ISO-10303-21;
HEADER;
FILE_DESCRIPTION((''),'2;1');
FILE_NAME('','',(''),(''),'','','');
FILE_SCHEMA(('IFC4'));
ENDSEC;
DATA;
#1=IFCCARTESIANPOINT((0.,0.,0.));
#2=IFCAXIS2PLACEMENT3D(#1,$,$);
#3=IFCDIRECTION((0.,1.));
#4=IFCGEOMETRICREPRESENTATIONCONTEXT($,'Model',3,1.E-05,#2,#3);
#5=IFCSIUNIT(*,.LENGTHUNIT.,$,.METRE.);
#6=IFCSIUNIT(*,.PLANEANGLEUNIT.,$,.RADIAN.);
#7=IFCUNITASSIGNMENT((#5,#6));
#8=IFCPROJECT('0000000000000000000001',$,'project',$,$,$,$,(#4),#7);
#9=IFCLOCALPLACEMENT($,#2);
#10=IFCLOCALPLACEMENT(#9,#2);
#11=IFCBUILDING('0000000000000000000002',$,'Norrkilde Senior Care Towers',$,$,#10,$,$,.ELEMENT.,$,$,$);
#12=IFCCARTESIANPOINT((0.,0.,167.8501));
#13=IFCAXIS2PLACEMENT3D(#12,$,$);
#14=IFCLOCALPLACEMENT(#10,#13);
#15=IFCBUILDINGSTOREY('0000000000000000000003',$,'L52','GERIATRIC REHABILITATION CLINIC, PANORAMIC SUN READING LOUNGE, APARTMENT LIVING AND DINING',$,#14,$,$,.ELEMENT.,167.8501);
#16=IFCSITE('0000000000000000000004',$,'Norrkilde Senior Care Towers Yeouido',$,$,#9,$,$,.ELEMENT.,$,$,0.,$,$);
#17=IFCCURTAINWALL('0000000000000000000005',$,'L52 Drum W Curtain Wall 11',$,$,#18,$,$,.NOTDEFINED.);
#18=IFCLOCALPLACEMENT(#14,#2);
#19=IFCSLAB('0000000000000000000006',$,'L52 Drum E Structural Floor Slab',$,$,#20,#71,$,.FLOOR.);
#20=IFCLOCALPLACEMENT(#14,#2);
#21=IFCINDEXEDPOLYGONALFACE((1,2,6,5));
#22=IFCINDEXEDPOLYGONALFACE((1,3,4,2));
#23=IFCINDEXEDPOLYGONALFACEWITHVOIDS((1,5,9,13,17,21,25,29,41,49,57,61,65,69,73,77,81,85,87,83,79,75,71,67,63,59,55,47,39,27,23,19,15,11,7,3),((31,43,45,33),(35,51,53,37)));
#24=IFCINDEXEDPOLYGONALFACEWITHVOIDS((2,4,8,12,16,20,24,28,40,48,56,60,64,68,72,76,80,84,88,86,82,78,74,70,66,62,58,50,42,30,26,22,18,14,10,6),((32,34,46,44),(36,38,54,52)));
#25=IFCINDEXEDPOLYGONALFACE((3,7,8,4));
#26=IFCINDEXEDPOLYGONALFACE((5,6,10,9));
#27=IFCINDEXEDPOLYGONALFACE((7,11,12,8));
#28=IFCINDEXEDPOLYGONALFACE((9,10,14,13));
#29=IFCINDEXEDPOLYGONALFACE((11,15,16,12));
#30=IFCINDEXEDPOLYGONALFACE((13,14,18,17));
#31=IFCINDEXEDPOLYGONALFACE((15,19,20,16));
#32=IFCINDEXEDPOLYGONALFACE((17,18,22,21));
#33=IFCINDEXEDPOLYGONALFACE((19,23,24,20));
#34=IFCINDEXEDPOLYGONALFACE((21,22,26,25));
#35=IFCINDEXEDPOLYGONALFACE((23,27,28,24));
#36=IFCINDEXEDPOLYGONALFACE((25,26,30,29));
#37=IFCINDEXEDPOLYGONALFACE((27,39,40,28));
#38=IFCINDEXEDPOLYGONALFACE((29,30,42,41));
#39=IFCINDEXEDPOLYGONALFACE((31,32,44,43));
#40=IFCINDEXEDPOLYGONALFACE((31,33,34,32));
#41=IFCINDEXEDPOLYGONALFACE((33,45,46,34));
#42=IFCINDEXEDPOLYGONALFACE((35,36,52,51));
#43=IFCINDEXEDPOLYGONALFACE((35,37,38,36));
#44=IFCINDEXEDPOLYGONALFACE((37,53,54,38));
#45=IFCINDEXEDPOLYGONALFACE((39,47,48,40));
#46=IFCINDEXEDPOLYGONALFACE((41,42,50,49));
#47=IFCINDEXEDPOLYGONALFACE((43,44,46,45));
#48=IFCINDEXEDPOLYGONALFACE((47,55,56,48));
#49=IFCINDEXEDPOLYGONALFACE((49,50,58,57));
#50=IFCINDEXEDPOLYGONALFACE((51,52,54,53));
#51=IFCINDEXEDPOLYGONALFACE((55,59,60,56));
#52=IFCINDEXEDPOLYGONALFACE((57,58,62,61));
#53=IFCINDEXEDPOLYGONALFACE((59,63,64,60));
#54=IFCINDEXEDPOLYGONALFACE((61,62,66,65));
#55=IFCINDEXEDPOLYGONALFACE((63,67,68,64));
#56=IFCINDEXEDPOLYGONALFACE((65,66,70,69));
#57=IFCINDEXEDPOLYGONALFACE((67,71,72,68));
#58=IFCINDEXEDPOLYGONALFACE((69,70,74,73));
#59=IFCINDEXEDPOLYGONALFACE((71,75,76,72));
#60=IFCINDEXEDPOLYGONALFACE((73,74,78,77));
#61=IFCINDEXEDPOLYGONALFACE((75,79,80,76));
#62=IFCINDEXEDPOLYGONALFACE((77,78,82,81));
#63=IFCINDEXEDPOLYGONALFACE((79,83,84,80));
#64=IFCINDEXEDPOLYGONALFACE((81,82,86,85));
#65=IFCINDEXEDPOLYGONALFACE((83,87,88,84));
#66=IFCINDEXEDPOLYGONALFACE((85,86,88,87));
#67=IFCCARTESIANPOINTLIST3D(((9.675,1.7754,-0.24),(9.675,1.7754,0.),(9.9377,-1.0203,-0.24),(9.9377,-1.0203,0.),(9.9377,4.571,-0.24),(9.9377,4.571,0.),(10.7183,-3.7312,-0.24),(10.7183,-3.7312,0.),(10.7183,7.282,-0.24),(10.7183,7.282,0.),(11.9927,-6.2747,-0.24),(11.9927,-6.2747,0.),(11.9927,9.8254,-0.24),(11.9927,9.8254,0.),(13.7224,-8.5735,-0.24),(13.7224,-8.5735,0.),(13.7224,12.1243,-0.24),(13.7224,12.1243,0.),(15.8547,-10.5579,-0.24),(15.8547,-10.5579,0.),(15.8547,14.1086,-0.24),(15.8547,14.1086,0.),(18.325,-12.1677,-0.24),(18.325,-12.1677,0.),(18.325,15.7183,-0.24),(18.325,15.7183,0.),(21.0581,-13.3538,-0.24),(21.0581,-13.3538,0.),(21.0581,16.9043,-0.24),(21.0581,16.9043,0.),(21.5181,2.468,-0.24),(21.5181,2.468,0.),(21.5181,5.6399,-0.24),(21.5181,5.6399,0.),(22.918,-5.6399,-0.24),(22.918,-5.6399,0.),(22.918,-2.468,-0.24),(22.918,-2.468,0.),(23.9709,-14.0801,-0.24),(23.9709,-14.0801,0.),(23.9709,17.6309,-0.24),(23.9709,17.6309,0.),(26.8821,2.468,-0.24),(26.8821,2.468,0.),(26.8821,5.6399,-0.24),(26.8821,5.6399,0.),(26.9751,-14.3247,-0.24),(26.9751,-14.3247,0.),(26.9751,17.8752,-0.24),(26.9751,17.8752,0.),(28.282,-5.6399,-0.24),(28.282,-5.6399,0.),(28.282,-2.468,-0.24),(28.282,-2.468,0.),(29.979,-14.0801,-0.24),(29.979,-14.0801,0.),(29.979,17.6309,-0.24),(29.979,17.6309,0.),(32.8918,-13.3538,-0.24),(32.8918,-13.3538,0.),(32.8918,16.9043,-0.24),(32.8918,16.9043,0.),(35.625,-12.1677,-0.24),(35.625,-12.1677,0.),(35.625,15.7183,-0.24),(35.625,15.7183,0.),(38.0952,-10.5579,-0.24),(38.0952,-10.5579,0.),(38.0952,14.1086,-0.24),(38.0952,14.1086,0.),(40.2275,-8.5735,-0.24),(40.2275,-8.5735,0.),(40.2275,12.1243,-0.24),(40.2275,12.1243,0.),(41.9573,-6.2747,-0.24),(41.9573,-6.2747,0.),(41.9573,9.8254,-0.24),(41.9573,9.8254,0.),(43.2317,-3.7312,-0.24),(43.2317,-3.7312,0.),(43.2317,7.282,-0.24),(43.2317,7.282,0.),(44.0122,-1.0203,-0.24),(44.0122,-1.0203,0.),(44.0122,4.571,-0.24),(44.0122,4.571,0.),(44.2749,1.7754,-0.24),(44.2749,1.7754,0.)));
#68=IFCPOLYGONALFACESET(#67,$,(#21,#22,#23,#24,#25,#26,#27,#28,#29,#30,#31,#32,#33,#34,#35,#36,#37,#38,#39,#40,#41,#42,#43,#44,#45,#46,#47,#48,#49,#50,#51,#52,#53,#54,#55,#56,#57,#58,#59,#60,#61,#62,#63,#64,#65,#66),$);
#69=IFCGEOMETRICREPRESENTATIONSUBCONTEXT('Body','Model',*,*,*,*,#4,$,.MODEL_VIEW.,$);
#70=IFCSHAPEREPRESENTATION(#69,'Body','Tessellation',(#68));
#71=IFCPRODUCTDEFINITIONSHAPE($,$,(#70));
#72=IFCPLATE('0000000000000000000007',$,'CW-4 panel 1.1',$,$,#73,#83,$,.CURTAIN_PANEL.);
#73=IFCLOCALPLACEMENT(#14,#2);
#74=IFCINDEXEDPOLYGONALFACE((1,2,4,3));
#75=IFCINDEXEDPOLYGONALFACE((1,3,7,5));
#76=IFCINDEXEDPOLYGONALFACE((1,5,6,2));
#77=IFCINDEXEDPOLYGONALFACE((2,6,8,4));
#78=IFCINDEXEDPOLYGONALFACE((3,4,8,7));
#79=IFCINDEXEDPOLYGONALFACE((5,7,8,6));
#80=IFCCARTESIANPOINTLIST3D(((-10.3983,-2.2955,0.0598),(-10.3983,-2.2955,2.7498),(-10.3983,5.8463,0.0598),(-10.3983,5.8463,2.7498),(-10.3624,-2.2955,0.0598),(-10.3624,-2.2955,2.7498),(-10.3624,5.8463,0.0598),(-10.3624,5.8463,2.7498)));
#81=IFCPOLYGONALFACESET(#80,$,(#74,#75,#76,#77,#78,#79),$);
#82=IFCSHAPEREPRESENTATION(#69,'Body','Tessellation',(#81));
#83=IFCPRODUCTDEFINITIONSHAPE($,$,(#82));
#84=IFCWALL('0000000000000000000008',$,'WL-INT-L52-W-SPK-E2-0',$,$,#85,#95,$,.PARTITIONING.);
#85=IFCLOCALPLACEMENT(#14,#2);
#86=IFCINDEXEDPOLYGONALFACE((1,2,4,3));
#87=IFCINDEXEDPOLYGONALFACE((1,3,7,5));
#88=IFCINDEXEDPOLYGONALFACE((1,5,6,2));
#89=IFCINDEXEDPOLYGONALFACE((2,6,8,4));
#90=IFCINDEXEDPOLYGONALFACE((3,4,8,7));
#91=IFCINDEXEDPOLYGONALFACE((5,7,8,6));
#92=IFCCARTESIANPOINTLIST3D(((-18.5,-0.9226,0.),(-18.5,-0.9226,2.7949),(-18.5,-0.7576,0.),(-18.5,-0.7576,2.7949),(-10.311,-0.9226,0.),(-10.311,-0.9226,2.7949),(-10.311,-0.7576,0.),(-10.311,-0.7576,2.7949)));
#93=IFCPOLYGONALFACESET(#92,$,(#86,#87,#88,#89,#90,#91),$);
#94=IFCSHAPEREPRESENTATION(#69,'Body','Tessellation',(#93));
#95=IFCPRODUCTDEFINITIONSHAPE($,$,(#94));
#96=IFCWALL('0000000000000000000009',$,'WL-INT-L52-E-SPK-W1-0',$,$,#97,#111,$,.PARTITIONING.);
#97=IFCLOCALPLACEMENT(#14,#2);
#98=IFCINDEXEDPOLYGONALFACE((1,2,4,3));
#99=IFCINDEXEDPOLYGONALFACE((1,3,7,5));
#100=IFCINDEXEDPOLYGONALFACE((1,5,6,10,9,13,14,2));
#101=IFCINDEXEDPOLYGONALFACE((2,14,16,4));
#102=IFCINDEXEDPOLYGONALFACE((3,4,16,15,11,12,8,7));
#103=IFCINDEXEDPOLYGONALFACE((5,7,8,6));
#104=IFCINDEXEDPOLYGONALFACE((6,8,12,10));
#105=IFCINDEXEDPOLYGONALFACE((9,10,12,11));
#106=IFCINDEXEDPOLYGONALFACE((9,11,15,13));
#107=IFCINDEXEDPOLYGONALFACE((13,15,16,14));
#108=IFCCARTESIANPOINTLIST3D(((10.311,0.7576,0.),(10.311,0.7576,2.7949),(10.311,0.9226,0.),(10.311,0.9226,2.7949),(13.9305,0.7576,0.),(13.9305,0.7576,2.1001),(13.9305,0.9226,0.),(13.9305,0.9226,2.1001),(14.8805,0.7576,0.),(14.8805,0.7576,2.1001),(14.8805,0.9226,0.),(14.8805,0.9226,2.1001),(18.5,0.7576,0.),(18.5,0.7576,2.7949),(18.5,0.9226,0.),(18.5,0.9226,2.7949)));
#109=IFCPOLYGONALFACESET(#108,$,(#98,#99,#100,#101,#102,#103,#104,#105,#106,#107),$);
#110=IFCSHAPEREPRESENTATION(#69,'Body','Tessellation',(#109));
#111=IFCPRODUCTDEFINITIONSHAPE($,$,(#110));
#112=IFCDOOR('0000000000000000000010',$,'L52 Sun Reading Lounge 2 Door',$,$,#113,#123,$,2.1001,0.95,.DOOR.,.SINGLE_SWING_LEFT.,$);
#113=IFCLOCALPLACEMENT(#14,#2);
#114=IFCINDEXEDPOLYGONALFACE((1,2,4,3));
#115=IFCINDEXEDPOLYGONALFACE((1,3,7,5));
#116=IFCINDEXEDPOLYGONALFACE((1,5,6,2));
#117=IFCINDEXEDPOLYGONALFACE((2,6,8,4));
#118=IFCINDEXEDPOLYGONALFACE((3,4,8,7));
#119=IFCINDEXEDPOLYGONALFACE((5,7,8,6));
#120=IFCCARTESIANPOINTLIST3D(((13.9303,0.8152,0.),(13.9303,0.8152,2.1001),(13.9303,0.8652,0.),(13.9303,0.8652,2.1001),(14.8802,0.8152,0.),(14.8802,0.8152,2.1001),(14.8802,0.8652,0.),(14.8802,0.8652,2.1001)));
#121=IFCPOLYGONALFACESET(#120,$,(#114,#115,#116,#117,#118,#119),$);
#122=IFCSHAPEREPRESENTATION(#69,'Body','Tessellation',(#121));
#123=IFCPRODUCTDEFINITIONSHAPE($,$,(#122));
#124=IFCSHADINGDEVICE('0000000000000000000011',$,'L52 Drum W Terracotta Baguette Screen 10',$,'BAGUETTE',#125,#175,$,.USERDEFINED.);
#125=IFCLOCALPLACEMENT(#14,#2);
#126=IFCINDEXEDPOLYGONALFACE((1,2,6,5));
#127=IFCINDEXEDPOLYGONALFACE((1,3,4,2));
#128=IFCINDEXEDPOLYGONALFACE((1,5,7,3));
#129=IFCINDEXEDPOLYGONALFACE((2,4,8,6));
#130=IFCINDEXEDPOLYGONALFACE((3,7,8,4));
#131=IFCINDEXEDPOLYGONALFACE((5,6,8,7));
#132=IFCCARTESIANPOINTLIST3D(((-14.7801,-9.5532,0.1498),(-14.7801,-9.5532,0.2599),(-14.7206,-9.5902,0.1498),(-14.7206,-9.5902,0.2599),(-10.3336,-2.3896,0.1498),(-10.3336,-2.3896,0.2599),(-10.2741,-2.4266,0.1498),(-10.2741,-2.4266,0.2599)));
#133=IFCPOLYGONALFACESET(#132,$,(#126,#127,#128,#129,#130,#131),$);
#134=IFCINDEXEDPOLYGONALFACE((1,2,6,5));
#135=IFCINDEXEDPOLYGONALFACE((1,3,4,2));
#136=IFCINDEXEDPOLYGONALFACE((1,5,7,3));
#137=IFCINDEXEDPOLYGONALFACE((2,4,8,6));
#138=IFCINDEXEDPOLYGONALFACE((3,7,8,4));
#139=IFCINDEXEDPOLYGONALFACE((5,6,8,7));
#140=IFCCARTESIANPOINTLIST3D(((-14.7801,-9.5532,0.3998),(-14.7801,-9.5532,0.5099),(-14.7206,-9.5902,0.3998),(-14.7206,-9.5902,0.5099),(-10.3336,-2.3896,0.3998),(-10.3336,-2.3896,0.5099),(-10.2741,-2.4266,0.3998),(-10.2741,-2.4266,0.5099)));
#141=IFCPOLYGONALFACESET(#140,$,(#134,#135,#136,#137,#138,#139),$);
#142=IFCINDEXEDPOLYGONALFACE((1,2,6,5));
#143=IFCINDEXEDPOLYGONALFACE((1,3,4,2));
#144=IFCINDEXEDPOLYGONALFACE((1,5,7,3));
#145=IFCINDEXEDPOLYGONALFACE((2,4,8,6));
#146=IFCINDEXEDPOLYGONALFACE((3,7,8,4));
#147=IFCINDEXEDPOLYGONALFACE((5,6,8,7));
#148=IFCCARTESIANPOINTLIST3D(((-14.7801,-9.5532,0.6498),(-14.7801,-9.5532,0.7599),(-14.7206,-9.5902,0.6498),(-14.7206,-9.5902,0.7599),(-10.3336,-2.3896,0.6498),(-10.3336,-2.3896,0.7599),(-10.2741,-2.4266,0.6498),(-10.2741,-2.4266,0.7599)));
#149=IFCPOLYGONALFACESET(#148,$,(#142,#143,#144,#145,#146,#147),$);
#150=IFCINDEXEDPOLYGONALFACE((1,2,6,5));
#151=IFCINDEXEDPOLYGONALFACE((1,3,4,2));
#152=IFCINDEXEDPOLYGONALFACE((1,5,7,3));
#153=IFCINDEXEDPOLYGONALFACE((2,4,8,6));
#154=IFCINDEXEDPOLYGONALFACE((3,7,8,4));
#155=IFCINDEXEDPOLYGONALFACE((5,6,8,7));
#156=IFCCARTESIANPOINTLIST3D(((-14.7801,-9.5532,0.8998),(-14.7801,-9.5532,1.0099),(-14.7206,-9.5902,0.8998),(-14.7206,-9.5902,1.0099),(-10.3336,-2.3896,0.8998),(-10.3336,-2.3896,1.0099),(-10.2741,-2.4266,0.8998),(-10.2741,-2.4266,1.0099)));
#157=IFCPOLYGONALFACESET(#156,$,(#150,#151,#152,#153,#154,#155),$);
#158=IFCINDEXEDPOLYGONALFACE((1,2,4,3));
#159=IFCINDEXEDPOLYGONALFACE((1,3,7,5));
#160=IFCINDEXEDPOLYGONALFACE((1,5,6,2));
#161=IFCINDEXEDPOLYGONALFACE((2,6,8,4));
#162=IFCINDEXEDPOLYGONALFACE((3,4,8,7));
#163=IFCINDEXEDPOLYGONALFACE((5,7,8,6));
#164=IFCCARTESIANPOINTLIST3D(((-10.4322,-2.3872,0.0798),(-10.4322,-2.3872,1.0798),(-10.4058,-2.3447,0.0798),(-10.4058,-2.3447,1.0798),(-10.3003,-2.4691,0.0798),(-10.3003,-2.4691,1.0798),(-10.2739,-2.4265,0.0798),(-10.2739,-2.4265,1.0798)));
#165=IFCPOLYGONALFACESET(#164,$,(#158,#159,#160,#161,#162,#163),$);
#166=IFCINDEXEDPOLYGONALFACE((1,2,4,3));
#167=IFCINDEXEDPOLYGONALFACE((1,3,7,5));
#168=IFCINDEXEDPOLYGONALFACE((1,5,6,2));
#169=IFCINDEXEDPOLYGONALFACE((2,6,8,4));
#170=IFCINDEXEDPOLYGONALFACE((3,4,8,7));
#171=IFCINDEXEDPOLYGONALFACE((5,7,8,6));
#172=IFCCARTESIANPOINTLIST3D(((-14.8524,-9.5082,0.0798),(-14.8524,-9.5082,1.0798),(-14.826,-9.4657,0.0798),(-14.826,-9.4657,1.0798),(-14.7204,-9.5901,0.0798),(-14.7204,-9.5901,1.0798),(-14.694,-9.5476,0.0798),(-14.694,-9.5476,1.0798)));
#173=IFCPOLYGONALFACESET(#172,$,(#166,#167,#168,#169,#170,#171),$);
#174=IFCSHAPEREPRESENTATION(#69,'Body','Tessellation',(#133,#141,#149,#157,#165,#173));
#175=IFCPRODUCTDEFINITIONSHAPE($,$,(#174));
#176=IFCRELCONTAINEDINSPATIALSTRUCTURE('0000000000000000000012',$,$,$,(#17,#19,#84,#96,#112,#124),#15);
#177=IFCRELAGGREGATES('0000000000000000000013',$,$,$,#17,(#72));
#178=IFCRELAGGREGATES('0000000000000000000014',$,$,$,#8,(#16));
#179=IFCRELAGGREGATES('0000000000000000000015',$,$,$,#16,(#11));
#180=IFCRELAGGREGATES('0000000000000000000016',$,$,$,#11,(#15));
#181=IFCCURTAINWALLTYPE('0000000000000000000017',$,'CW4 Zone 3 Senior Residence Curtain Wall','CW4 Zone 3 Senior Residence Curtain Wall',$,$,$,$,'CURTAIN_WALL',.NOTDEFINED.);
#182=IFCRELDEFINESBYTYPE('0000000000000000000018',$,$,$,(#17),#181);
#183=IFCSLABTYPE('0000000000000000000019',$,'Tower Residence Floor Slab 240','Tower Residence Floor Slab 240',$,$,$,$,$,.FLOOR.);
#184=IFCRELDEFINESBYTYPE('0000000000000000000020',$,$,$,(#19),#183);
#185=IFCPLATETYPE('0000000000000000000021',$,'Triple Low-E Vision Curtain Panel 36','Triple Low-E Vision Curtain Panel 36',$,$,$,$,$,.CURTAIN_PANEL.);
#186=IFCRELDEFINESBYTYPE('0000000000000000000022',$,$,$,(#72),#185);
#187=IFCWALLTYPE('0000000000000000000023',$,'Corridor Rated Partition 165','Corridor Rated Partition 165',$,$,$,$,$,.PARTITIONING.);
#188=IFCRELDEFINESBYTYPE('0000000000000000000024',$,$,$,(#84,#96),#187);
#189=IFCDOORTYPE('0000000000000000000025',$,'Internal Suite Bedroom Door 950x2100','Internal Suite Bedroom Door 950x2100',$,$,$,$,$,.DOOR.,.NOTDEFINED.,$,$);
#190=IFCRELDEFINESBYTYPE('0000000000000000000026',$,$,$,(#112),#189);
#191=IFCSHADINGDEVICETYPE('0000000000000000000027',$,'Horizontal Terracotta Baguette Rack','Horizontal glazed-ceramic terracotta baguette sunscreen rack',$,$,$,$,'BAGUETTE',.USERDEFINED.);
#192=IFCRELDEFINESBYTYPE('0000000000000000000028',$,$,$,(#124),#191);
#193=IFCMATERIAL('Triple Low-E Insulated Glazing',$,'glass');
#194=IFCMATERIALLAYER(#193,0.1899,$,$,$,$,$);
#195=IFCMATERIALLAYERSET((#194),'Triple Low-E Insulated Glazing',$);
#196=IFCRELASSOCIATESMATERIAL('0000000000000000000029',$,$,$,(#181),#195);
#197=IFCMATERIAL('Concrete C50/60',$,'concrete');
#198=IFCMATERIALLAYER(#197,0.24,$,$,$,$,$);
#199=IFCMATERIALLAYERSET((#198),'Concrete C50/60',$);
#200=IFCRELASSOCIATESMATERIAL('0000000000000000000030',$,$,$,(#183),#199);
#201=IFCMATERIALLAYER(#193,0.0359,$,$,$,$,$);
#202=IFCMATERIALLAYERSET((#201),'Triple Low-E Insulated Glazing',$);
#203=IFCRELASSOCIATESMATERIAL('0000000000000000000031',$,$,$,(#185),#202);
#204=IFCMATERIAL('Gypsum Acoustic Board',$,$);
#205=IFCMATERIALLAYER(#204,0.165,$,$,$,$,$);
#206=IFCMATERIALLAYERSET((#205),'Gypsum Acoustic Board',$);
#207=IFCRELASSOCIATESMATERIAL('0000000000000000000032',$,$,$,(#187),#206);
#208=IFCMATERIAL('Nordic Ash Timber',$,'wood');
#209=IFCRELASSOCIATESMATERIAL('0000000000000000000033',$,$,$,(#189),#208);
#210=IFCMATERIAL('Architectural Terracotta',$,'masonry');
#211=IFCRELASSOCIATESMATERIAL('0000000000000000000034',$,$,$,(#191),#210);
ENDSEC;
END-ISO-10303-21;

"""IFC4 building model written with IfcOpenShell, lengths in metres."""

from ifc_helpers import new_model, si_unit, direction, frame, frame_2d, origin, origin_2d, place, context, subcontext, project, spatial, polyline, rectangle, outline, extrude, source, transform, mapped, material, layer, layer_set, type_object, type_shapes, element, fill, aggregate, save


model = new_model("IFC4")

# Units and contexts
model_context = context("Model", 3, precision=1e-05, world=origin(), true_north=direction((0.0, 1.0)))
body_context = subcontext(model_context, "Body", "Model", "MODEL_VIEW")
ifc_project = project(units=[si_unit("LENGTHUNIT", "METRE"), si_unit("PLANEANGLEUNIT", "RADIAN")], contexts=[model_context])

# Site, building, storey
site_placement = place(None, origin())
site = spatial("IfcSite", under=ifc_project, at=site_placement, Name="Norrkilde Senior Care Towers Yeouido", CompositionType="ELEMENT", RefElevation=0.0)
building_placement = place(site_placement, origin())
building = spatial("IfcBuilding", under=site, at=building_placement, Name="Norrkilde Senior Care Towers", CompositionType="ELEMENT")
storey_placement = place(building_placement, frame((0.0, 0.0, 167.8501)))
storey = spatial("IfcBuildingStorey", under=building, at=storey_placement, Name="L52", Description="GERIATRIC REHABILITATION CLINIC, PANORAMIC SUN READING LOUNGE, APARTMENT LIVING AND DINING", CompositionType="ELEMENT", Elevation=167.8501)

# Shared definitions
ifc_material_1 = material(Name="Concrete C50/60", Category="concrete")

# Curtain wall
ifc_material_2 = material(Name="Triple Low-E Insulated Glazing", Category="glass")
ifc_layer_1 = layer(ifc_material_2, 0.1899)
ifc_layer_set_1 = layer_set([ifc_layer_1], Name="Triple Low-E Insulated Glazing")
curtain_wall_type = type_object("IfcCurtainWallType", Name="CW4 Zone 3 Senior Residence Curtain Wall", Description="CW4 Zone 3 Senior Residence Curtain Wall", ElementType="CURTAIN_WALL", PredefinedType="NOTDEFINED", material=ifc_layer_set_1)
curtain_wall_1_placement = place(storey_placement, origin())
curtain_wall_1 = element("IfcCurtainWall", 1, at=curtain_wall_1_placement, inside=storey, type_object=curtain_wall_type, Name="L52 Drum W Curtain Wall 11", PredefinedType="NOTDEFINED")

# Slab
ifc_layer_2 = layer(ifc_material_1, 0.24)
ifc_layer_set_2 = layer_set([ifc_layer_2], Name="Concrete C50/60")
slab_type_1 = type_object("IfcSlabType", Name="Tower Residence Floor Slab 240", Description="Tower Residence Floor Slab 240", PredefinedType="FLOOR", material=ifc_layer_set_2)
slab_1_placement = place(storey_placement, frame((0.0, 0.0, -0.24)))
element("IfcSlab", 2, at=slab_1_placement, inside=storey, type_object=slab_type_1, Name="L52 Drum E Structural Floor Slab", PredefinedType="FLOOR", context=body_context, shape_type="SweptSolid", body=[
    extrude(outline(polyline([(43.2317, -3.7312), (41.9573, -6.2747), (40.2275, -8.5735), (38.0952, -10.5579), (35.625, -12.1677), (32.8918, -13.3538), (29.979, -14.0801), (26.9751, -14.3247), (23.9709, -14.0801), (21.0581, -13.3538), (18.325, -12.1677), (15.8547, -10.5579), (13.7224, -8.5735), (11.9927, -6.2747), (10.7183, -3.7312), (9.9377, -1.0203), (9.675, 1.7754), (9.9377, 4.571), (10.7183, 7.282), (11.9927, 9.8254), (13.7224, 12.1243), (15.8547, 14.1086), (18.325, 15.7183), (21.0581, 16.9043), (23.9709, 17.6309), (26.9751, 17.8752), (29.979, 17.6309), (32.8918, 16.9043), (35.625, 15.7183), (38.0952, 14.1086), (40.2275, 12.1243), (41.9573, 9.8254), (43.2317, 7.282), (44.0122, 4.571), (44.2749, 1.7754), (44.0122, -1.0203), (43.2317, -3.7312)]), holes=[polyline([(21.5181, 2.468), (26.8821, 2.468), (26.8821, 5.6399), (21.5181, 5.6399), (21.5181, 2.468)]), polyline([(28.282, -5.6399), (28.282, -2.468), (22.918, -2.468), (22.918, -5.6399), (28.282, -5.6399)])]), origin(), (0.0, 0.0, 1.0), 0.24),
])

# Plate
ifc_layer_3 = layer(ifc_material_2, 0.0359)
ifc_layer_set_3 = layer_set([ifc_layer_3], Name="Triple Low-E Insulated Glazing")
plate_type = type_object("IfcPlateType", Name="Triple Low-E Vision Curtain Panel 36", Description="Triple Low-E Vision Curtain Panel 36", PredefinedType="CURTAIN_PANEL", material=ifc_layer_set_3)
shared_shape_1 = source(origin(), body_context, "Body", "SweptSolid", [
    extrude(rectangle(XDim=8.1418, YDim=0.0359, at=origin_2d()), origin(), (0.0, 0.0, 1.0), 2.6899),
])
type_shapes(plate_type, [shared_shape_1])
plate_placement = place(storey_placement, frame((-10.3804, 1.7754, 0.0598), z_axis=(0.0, 0.0, 1.0), x_axis=(0.0, -1.0, 0.0)))
plate = element("IfcPlate", 3, at=plate_placement, type_object=plate_type, Name="CW-4 panel 1.1", PredefinedType="CURTAIN_PANEL", context=body_context, shape_type="MappedRepresentation", body=[
    mapped(shared_shape_1, transform((0.0, 0.0, 0.0), x_axis=(1.0, 0.0, 0.0), y_axis=(0.0, 1.0, 0.0), z_axis=(0.0, 0.0, 1.0), scale=1.0)),
])
aggregate(curtain_wall_1, [plate])

# Wall
ifc_material_3 = material(Name="Gypsum Acoustic Board")
ifc_layer_4 = layer(ifc_material_3, 0.165)
ifc_layer_set_4 = layer_set([ifc_layer_4], Name="Gypsum Acoustic Board")
wall_type = type_object("IfcWallType", Name="Corridor Rated Partition 165", Description="Corridor Rated Partition 165", PredefinedType="PARTITIONING", material=ifc_layer_set_4)
shared_shape_2 = source(origin(), body_context, "Body", "SweptSolid", [
    extrude(rectangle(XDim=8.189, YDim=0.165, at=frame_2d((4.0945, 0.0))), origin(), (0.0, 0.0, 1.0), 2.7949),
])
type_shapes(wall_type, [shared_shape_2])
wall_1_placement = place(storey_placement, frame((-10.311, -0.8401, 0.0), z_axis=(0.0, 0.0, 1.0), x_axis=(-1.0, 0.0, 0.0)))
element("IfcWall", 4, at=wall_1_placement, inside=storey, type_object=wall_type, Name="WL-INT-L52-W-SPK-E2-0", PredefinedType="PARTITIONING", context=body_context, shape_type="MappedRepresentation", body=[
    mapped(shared_shape_2, transform((0.0, 0.0, 0.0), x_axis=(1.0, 0.0, 0.0), y_axis=(0.0, 1.0, 0.0), z_axis=(0.0, 0.0, 1.0), scale=1.0)),
])

# Wall, opening, door
wall_2_placement = place(storey_placement, frame((10.311, 0.8401, 0.0), z_axis=(0.0, 0.0, 1.0), x_axis=(1.0, 0.0, 0.0)))
wall_2 = element("IfcWall", 5, at=wall_2_placement, inside=storey, type_object=wall_type, Name="WL-INT-L52-E-SPK-W1-0", PredefinedType="PARTITIONING", context=body_context, shape_type="MappedRepresentation", body=[
    mapped(shared_shape_2, transform((0.0, 0.0, 0.0), x_axis=(1.0, 0.0, 0.0), y_axis=(0.0, 1.0, 0.0), z_axis=(0.0, 0.0, 1.0), scale=1.0)),
])
opening_placement = place(wall_2_placement, frame((3.6194, 0.0, 0.0)))
opening = element("IfcOpeningElement", 6, at=opening_placement, cuts=wall_2, PredefinedType="OPENING", context=body_context, shape_type="SweptSolid", body=[
    extrude(rectangle(XDim=0.95, YDim=2.1001, at=frame_2d((0.4751, 1.05))), frame((0.0, 0.0925, 0.0), z_axis=(0.0, -1.0, 0.0), x_axis=(1.0, 0.0, 0.0)), (0.0, 0.0, 1.0), 0.1851),
])
ifc_material_4 = material(Name="Nordic Ash Timber", Category="wood")
door_type = type_object("IfcDoorType", Name="Internal Suite Bedroom Door 950x2100", Description="Internal Suite Bedroom Door 950x2100", OperationType="NOTDEFINED", PredefinedType="DOOR", material=ifc_material_4)
shared_shape_3 = source(origin(), body_context, "Body", "SweptSolid", [
    extrude(rectangle(XDim=0.95, YDim=2.1001, at=frame_2d((0.4751, 1.05))), frame((0.0, 0.0249, 0.0), z_axis=(0.0, -1.0, 0.0), x_axis=(1.0, 0.0, 0.0)), (0.0, 0.0, 1.0), 0.05),
])
type_shapes(door_type, [shared_shape_3])
door_placement = place(opening_placement, frame((0.95, 0.0, 0.0), z_axis=(0.0, 0.0, 1.0), x_axis=(-1.0, 0.0, 0.0)))
door = element("IfcDoor", 7, at=door_placement, inside=storey, type_object=door_type, Name="L52 Sun Reading Lounge 2 Door", OperationType="SINGLE_SWING_LEFT", OverallHeight=2.1001, OverallWidth=0.95, PredefinedType="DOOR", context=body_context, shape_type="MappedRepresentation", body=[
    mapped(shared_shape_3, transform((0.0, 0.0, 0.0), x_axis=(1.0, 0.0, 0.0), y_axis=(0.0, 1.0, 0.0), z_axis=(0.0, 0.0, 1.0), scale=1.0)),
])
fill(opening, door)

# Shading device
ifc_material_5 = material(Name="Architectural Terracotta", Category="masonry")
shading_device_type = type_object("IfcShadingDeviceType", Name="Horizontal Terracotta Baguette Rack", Description="Horizontal glazed-ceramic terracotta baguette sunscreen rack", ElementType="BAGUETTE", PredefinedType="USERDEFINED", material=ifc_material_5)
shared_shape_4 = source(origin(), body_context, "Body", "SweptSolid", [
    extrude(rectangle(XDim=0.0701, YDim=0.1101, at=origin_2d()), frame((0.0, 0.0901, 0.125), z_axis=(1.0, 0.0, 0.0), x_axis=(0.0, 1.0, 0.0)), (0.0, 0.0, 1.0), 8.4314),
    extrude(rectangle(XDim=0.0701, YDim=0.1101, at=origin_2d()), frame((0.0, 0.0901, 0.375), z_axis=(1.0, 0.0, 0.0), x_axis=(0.0, 1.0, 0.0)), (0.0, 0.0, 1.0), 8.4314),
    extrude(rectangle(XDim=0.0701, YDim=0.1101, at=origin_2d()), frame((0.0, 0.0901, 0.625), z_axis=(1.0, 0.0, 0.0), x_axis=(0.0, 1.0, 0.0)), (0.0, 0.0, 1.0), 8.4314),
    extrude(rectangle(XDim=0.0701, YDim=0.1101, at=origin_2d()), frame((0.0, 0.0901, 0.875), z_axis=(1.0, 0.0, 0.0), x_axis=(0.0, 1.0, 0.0)), (0.0, 0.0, 1.0), 8.4314),
    extrude(rectangle(XDim=0.05, YDim=0.1553, at=origin_2d()), frame((0.0249, 0.0476, 0.0)), (0.0, 0.0, 1.0), 1.0),
    extrude(rectangle(XDim=0.05, YDim=0.1553, at=origin_2d()), frame((8.4062, 0.0476, 0.0)), (0.0, 0.0, 1.0), 1.0),
])
type_shapes(shading_device_type, [shared_shape_4])
shading_device_placement = place(storey_placement, frame((-10.3804, -2.3606, 0.0798), z_axis=(0.0, 0.0, 1.0), x_axis=(-0.527378, -0.849631, 0.0)))
element("IfcShadingDevice", 8, at=shading_device_placement, inside=storey, type_object=shading_device_type, Name="L52 Drum W Terracotta Baguette Screen 10", ObjectType="BAGUETTE", PredefinedType="USERDEFINED", context=body_context, shape_type="MappedRepresentation", body=[
    mapped(shared_shape_4, transform((0.0, 0.0, 0.0), x_axis=(1.0, 0.0, 0.0), y_axis=(0.0, 1.0, 0.0), z_axis=(0.0, 0.0, 1.0), scale=1.0)),
])

save(model, "model.ifc")
